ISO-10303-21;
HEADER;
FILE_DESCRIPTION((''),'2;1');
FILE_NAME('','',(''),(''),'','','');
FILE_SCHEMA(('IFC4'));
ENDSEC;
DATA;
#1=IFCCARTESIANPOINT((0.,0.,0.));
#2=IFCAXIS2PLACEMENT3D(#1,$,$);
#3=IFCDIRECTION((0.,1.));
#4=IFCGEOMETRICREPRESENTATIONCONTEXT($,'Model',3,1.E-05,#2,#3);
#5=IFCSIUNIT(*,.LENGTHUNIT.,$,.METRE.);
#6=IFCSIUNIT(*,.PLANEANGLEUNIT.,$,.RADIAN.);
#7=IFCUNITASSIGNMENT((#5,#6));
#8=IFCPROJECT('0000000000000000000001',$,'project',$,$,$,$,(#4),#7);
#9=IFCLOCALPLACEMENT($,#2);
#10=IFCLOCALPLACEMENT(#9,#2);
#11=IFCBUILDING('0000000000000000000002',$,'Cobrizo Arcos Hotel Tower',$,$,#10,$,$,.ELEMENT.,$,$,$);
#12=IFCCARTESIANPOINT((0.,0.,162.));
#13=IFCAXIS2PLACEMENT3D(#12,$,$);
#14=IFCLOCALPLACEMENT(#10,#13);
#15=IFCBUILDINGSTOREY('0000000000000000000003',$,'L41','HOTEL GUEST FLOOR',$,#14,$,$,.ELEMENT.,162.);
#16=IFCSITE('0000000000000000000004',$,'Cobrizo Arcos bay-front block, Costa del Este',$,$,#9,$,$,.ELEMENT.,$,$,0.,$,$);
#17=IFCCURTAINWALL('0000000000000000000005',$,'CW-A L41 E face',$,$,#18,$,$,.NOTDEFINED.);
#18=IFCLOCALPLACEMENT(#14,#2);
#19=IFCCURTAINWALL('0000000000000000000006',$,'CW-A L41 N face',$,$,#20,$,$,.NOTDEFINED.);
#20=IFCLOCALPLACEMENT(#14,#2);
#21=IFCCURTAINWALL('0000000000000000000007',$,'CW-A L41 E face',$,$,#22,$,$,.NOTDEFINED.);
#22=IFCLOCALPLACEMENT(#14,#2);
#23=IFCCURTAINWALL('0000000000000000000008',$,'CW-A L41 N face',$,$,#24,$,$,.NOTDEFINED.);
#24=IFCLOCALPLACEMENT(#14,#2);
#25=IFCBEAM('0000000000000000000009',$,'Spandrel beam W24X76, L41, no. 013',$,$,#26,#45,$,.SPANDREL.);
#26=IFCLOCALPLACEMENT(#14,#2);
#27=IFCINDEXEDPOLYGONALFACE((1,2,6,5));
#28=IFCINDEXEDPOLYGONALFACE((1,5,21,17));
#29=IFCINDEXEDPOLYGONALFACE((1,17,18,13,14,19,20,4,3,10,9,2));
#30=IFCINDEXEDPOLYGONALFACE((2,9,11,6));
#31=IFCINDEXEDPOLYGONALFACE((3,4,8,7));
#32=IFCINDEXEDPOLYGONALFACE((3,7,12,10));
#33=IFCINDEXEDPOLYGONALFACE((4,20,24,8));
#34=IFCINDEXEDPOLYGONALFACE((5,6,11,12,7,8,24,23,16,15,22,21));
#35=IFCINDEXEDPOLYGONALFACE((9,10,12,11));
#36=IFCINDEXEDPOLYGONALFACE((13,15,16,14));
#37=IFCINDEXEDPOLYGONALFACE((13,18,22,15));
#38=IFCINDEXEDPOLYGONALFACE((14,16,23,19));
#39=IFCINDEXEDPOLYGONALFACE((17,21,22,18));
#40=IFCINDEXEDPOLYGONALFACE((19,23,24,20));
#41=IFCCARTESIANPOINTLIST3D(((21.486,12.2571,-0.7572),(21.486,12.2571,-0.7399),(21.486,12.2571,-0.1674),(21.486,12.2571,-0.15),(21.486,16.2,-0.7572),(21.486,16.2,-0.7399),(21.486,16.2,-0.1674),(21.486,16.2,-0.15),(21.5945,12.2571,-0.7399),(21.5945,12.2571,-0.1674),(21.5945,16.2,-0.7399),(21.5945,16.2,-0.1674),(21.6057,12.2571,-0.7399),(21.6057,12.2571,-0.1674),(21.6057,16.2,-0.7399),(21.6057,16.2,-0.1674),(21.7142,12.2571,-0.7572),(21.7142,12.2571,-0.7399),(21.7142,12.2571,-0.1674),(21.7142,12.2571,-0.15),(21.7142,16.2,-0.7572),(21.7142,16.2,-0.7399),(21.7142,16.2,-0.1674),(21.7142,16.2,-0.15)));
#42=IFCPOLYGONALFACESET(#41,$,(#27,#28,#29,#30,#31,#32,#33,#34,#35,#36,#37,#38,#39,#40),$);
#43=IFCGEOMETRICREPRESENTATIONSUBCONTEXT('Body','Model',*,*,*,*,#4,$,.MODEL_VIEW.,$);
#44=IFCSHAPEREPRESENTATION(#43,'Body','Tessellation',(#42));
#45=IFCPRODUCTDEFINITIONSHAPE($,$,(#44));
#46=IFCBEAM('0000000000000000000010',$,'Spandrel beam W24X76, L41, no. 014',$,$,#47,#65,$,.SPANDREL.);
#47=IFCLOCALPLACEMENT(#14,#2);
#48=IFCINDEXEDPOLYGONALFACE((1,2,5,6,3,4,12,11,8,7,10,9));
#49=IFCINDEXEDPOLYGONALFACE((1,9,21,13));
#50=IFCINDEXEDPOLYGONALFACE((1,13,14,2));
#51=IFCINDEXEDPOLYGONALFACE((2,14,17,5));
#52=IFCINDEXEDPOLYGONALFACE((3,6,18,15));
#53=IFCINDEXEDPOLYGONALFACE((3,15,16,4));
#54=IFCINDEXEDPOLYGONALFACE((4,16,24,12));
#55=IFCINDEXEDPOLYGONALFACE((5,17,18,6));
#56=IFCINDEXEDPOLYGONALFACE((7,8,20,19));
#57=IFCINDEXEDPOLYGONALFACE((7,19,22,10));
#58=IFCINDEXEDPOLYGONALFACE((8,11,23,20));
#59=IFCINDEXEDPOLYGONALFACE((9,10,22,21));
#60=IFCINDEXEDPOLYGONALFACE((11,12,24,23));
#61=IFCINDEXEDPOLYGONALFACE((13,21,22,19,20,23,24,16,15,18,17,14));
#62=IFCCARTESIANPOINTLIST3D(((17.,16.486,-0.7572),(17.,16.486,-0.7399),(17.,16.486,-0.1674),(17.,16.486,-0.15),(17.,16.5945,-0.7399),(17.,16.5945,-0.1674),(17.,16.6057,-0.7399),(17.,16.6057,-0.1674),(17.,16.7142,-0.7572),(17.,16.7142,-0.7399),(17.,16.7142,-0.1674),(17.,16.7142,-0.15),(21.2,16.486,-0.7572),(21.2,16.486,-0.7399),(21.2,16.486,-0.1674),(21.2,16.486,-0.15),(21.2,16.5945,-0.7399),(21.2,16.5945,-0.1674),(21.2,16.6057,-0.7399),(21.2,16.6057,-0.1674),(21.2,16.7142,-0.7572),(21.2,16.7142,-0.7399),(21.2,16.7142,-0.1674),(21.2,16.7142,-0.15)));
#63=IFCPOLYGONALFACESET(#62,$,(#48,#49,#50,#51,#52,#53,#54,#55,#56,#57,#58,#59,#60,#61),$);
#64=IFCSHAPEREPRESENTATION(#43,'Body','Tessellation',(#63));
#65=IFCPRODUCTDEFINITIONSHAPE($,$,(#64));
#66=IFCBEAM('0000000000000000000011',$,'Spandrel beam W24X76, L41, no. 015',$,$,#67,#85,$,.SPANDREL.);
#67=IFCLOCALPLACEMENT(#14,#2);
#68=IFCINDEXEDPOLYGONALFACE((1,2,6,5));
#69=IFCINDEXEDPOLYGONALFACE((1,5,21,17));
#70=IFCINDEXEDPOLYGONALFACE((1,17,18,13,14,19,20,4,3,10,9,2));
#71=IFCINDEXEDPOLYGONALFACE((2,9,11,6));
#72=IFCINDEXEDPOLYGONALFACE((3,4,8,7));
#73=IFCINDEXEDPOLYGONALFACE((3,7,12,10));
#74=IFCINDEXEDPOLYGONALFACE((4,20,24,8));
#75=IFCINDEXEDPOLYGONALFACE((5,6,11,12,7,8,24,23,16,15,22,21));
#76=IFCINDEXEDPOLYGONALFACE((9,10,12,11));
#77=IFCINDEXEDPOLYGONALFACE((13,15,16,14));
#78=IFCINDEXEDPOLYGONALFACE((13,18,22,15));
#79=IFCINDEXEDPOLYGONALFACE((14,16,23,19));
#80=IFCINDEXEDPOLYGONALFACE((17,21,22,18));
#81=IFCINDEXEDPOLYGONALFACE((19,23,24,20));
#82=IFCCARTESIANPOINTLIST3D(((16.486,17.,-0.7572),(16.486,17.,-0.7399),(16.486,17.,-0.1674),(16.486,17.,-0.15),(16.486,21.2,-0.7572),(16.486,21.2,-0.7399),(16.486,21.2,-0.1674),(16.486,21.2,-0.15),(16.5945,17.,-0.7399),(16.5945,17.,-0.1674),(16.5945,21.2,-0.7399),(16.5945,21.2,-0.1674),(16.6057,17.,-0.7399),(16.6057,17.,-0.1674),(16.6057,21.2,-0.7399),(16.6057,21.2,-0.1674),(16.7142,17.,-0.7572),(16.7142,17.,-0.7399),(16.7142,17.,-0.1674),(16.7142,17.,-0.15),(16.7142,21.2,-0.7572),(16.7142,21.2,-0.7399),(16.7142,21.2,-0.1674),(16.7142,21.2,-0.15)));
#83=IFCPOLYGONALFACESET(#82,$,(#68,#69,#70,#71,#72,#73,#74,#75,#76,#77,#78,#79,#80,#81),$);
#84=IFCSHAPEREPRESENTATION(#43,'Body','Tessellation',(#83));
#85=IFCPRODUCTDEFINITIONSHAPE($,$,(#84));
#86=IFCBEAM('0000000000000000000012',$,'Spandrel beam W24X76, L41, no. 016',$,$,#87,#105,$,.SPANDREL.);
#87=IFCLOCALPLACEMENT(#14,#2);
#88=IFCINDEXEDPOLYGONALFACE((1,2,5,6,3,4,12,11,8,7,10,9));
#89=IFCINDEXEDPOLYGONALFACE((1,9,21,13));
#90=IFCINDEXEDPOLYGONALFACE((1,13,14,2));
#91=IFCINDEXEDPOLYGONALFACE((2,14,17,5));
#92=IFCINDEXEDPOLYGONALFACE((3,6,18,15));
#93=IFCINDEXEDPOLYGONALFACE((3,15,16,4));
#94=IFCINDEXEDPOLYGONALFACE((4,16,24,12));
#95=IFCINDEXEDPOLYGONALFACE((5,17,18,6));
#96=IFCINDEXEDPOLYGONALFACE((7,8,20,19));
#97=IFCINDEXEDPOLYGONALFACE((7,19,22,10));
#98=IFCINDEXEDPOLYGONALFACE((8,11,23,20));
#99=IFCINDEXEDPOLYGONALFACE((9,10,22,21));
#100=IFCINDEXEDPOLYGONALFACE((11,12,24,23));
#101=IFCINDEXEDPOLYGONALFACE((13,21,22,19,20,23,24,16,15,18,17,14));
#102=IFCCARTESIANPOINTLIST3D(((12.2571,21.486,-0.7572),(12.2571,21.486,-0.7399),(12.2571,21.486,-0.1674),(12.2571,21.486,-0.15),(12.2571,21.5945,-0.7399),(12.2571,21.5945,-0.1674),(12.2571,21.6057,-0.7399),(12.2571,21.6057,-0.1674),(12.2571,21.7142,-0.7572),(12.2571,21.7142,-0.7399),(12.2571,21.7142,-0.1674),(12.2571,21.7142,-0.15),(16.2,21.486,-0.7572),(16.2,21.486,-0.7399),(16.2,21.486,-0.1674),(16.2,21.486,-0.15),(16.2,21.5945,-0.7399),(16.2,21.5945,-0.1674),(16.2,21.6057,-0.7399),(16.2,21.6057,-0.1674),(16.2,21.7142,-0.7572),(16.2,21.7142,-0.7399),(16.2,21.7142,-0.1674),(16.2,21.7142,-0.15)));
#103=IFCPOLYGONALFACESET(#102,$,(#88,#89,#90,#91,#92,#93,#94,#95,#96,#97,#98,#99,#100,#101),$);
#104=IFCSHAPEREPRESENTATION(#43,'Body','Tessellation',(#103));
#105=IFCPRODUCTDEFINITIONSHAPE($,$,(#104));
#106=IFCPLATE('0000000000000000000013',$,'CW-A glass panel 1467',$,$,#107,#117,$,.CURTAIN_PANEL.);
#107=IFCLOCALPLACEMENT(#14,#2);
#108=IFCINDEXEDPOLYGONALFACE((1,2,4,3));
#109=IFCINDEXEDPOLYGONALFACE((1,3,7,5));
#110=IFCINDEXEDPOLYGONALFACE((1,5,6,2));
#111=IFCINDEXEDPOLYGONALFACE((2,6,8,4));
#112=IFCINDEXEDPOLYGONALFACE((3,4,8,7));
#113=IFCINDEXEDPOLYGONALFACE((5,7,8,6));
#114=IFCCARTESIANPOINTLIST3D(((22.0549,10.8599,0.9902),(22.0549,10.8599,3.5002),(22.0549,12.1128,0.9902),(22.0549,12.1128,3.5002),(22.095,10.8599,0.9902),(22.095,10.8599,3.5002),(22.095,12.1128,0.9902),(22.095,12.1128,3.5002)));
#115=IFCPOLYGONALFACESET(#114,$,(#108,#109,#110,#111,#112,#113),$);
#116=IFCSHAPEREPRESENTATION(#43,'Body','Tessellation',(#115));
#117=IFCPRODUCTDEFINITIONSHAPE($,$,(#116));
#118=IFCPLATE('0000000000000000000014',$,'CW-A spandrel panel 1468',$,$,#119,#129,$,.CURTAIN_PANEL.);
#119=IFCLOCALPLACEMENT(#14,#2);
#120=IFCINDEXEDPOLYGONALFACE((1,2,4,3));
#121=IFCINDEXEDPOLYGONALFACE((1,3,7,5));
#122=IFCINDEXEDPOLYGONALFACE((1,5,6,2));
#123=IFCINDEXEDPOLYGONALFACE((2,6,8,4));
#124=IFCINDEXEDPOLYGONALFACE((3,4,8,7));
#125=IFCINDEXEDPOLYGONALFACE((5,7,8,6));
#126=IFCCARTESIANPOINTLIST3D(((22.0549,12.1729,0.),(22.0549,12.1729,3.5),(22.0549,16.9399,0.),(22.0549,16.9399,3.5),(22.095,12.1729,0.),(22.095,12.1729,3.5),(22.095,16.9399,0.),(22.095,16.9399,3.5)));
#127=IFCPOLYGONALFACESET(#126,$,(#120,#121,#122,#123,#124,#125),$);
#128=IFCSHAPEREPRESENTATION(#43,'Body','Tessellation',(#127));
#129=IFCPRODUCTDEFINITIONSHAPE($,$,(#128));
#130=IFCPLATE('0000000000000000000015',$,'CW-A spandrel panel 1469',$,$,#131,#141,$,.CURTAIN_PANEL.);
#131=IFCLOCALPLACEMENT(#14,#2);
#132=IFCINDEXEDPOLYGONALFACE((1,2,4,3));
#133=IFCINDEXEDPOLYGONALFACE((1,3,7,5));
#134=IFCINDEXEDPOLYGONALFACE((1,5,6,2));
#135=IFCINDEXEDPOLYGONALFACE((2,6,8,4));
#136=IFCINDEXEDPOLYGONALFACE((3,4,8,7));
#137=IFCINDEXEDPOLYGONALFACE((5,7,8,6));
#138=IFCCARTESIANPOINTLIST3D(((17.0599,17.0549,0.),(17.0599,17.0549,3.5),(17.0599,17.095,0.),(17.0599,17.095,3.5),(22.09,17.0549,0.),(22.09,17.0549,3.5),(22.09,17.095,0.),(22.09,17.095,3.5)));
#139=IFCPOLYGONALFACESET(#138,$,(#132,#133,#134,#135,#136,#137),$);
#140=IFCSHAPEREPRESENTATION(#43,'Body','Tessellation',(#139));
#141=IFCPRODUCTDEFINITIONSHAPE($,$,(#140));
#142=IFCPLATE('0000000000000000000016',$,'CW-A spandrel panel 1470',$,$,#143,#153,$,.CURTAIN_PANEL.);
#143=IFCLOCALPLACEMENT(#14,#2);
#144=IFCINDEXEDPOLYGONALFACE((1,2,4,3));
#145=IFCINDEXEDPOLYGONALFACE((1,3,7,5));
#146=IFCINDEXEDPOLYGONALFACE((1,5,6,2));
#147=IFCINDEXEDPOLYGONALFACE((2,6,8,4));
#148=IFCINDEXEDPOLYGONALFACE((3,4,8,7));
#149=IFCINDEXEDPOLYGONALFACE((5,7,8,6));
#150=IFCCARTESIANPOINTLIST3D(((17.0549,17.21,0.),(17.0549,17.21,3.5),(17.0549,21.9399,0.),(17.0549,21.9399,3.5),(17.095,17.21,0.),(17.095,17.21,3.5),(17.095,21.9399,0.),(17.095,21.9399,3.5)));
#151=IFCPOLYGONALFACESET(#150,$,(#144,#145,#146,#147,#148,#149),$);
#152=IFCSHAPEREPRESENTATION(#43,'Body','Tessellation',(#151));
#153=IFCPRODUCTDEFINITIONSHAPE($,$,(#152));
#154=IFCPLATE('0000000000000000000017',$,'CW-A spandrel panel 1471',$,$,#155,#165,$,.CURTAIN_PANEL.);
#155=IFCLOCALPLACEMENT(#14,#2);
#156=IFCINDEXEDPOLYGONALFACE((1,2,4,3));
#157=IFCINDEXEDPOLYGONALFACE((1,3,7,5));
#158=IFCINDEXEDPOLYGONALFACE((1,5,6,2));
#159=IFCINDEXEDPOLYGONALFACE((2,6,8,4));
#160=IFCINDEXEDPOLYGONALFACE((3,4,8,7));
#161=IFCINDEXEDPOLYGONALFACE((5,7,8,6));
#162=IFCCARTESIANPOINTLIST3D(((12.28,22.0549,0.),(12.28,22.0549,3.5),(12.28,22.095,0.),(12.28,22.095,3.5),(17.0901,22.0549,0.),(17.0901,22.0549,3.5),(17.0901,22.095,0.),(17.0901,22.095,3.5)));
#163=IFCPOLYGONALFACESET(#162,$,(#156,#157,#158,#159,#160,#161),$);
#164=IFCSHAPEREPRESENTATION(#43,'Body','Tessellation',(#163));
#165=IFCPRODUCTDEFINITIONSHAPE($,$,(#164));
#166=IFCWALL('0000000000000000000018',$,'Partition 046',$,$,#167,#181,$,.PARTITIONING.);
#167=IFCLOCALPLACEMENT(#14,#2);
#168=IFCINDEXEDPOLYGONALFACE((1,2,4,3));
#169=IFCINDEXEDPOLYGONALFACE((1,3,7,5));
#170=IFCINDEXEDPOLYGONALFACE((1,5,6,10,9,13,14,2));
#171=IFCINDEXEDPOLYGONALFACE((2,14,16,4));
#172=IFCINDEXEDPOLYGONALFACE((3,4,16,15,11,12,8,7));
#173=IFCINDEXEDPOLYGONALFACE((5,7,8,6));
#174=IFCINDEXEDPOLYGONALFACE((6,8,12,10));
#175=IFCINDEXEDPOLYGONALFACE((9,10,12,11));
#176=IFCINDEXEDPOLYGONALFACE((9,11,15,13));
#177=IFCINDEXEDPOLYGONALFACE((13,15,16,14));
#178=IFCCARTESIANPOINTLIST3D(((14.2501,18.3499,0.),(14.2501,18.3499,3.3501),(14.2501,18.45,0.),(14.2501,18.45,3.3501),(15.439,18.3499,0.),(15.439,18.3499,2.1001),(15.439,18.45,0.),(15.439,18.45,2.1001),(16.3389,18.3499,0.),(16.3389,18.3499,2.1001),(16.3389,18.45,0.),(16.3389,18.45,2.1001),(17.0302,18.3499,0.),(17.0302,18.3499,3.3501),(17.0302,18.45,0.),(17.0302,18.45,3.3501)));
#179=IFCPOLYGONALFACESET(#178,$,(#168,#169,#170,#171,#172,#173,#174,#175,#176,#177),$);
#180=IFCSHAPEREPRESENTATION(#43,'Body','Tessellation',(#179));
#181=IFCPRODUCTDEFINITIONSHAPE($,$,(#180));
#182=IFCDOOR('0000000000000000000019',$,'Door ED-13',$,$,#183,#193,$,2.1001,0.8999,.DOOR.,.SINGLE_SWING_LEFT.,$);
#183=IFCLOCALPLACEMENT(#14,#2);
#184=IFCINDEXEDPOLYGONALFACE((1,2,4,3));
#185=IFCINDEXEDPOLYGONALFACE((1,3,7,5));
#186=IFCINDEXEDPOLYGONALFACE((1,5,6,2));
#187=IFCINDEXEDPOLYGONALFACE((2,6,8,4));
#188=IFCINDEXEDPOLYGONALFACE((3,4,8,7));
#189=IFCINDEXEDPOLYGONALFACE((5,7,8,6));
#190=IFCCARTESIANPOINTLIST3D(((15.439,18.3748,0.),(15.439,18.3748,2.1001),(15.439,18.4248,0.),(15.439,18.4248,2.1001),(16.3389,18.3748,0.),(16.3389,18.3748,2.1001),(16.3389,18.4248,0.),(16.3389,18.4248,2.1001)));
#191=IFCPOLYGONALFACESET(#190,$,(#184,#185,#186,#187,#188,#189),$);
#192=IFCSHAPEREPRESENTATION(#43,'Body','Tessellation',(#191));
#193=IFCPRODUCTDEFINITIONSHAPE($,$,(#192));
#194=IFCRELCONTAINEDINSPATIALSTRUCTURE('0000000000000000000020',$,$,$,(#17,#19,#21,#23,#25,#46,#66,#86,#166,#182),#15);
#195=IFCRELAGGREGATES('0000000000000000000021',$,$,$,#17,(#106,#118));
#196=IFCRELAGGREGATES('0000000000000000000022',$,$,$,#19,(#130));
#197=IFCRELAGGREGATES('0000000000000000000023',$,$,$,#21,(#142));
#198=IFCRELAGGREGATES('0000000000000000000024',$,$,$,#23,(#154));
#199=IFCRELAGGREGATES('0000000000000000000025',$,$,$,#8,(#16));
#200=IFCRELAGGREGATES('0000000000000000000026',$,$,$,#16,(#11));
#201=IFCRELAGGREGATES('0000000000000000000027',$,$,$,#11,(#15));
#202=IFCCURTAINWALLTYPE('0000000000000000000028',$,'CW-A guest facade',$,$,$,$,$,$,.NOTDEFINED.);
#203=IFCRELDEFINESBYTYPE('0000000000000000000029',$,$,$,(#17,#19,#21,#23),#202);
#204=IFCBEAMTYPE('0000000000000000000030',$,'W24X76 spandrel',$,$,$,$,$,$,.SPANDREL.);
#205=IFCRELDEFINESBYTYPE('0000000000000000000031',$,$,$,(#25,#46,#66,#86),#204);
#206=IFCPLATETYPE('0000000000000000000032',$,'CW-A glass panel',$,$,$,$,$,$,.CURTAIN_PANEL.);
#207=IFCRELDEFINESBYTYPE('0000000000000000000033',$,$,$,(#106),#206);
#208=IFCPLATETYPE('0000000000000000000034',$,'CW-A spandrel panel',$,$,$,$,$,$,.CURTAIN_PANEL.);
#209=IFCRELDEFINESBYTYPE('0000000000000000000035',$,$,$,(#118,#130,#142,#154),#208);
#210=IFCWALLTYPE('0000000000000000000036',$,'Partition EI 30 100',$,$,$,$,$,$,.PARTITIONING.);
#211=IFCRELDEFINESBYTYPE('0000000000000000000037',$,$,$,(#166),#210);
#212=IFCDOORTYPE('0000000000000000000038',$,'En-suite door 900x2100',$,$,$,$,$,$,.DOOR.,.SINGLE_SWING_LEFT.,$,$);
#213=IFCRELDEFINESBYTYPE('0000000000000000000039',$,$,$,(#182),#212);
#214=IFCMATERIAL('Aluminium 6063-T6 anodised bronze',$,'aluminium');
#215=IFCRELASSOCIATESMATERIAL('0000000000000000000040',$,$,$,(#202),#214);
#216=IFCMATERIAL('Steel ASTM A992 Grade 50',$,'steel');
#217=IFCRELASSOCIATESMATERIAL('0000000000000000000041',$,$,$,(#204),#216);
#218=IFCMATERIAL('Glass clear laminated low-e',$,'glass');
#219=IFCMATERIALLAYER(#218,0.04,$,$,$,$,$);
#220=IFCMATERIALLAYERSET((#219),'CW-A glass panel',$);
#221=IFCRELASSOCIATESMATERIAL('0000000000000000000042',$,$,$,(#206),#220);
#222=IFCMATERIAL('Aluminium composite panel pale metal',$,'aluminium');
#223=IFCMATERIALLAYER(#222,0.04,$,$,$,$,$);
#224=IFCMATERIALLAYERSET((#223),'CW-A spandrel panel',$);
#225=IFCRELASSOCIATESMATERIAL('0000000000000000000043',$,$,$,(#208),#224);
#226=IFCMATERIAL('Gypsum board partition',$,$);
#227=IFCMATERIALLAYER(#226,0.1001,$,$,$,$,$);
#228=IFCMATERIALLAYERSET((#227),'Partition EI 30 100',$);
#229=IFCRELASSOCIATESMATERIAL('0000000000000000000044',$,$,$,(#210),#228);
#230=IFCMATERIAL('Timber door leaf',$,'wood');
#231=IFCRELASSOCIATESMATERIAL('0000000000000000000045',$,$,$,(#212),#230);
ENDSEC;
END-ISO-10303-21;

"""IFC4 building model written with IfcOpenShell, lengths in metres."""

from ifc_helpers import new_model, si_unit, direction, frame, frame_2d, origin, origin_2d, place, context, subcontext, project, spatial, rectangle, i_section, extrude, material, layer, layer_set, material_profile, profile_set, type_object, element, fill, aggregate, save


model = new_model("IFC4")

# Units and contexts
model_context = context("Model", 3, precision=1e-05, world=origin(), true_north=direction((0.0, 1.0)))
body_context = subcontext(model_context, "Body", "Model", "MODEL_VIEW")
ifc_project = project(units=[si_unit("LENGTHUNIT", "METRE"), si_unit("PLANEANGLEUNIT", "RADIAN")], contexts=[model_context])

# Site, building, storey
site_placement = place(None, origin())
site = spatial("IfcSite", under=ifc_project, at=site_placement, Name="Cobrizo Arcos bay-front block, Costa del Este", CompositionType="ELEMENT", RefElevation=0.0)
building_placement = place(site_placement, origin())
building = spatial("IfcBuilding", under=site, at=building_placement, Name="Cobrizo Arcos Hotel Tower", CompositionType="ELEMENT")
storey_placement = place(building_placement, frame((0.0, 0.0, 162.0)))
storey = spatial("IfcBuildingStorey", under=building, at=storey_placement, Name="L41", Description="HOTEL GUEST FLOOR", CompositionType="ELEMENT", Elevation=162.0)

# Curtain walls
ifc_material_1 = material(Name="Aluminium 6063-T6 anodised bronze", Category="aluminium")
curtain_wall_type = type_object("IfcCurtainWallType", Name="CW-A guest facade", PredefinedType="NOTDEFINED", material=ifc_material_1)
curtain_wall_1_placement = place(storey_placement, origin())
curtain_wall_1 = element("IfcCurtainWall", 1, at=curtain_wall_1_placement, inside=storey, type_object=curtain_wall_type, Name="CW-A L41 E face", PredefinedType="NOTDEFINED")
curtain_wall_2_placement = place(storey_placement, origin())
curtain_wall_2 = element("IfcCurtainWall", 2, at=curtain_wall_2_placement, inside=storey, type_object=curtain_wall_type, Name="CW-A L41 N face", PredefinedType="NOTDEFINED")
curtain_wall_3_placement = place(storey_placement, origin())
curtain_wall_3 = element("IfcCurtainWall", 3, at=curtain_wall_3_placement, inside=storey, type_object=curtain_wall_type, Name="CW-A L41 E face", PredefinedType="NOTDEFINED")

# Curtain wall
curtain_wall_4_placement = place(storey_placement, origin())
curtain_wall_4 = element("IfcCurtainWall", 4, at=curtain_wall_4_placement, inside=storey, type_object=curtain_wall_type, Name="CW-A L41 N face", PredefinedType="NOTDEFINED")

# Beams
ifc_material_2 = material(Name="Steel ASTM A992 Grade 50", Category="steel")
ifc_material_profile_1 = material_profile(ifc_material_2, i_section(OverallWidth=0.2283, OverallDepth=0.6072, WebThickness=0.0112, FlangeThickness=0.0173, at=origin_2d()), Name="W24X76")
ifc_profile_set_1 = profile_set([ifc_material_profile_1], Name="Steel ASTM A992 Grade 50")
beam_type_1 = type_object("IfcBeamType", Name="W24X76 spandrel", PredefinedType="SPANDREL", material=ifc_profile_set_1)
beam_1_placement = place(storey_placement, frame((21.6001, 12.2571, -0.4536), z_axis=(0.0, 1.0, 0.0), x_axis=(-1.0, 0.0, 0.0)))
element("IfcBeam", 5, at=beam_1_placement, inside=storey, type_object=beam_type_1, Name="Spandrel beam W24X76, L41, no. 013", PredefinedType="SPANDREL", context=body_context, shape_type="SweptSolid", body=[
    extrude(i_section(OverallWidth=0.2283, OverallDepth=0.6072, WebThickness=0.0112, FlangeThickness=0.0173, at=origin_2d()), origin(), (0.0, 0.0, 1.0), 3.9429),
])
for number, where, z_axis, x_axis, name in (
    (6, (21.2, 16.6001, -0.4536), (-1.0, 0.0, 0.0), (0.0, -1.0, 0.0), "Spandrel beam W24X76, L41, no. 014"),
    (7, (16.6001, 17.0, -0.4536), (0.0, 1.0, 0.0), (-1.0, 0.0, 0.0), "Spandrel beam W24X76, L41, no. 015"),
):
    element("IfcBeam", number, at=place(storey_placement, frame(where, z_axis=z_axis, x_axis=x_axis)), inside=storey, type_object=beam_type_1, Name=name, PredefinedType="SPANDREL", context=body_context, shape_type="SweptSolid", body=[
        extrude(i_section(OverallWidth=0.2283, OverallDepth=0.6072, WebThickness=0.0112, FlangeThickness=0.0173, at=origin_2d()), origin(), (0.0, 0.0, 1.0), 4.2),
    ])
beam_2_placement = place(storey_placement, frame((16.2, 21.6001, -0.4536), z_axis=(-1.0, 0.0, 0.0), x_axis=(0.0, -1.0, 0.0)))
element("IfcBeam", 8, at=beam_2_placement, inside=storey, type_object=beam_type_1, Name="Spandrel beam W24X76, L41, no. 016", PredefinedType="SPANDREL", context=body_context, shape_type="SweptSolid", body=[
    extrude(i_section(OverallWidth=0.2283, OverallDepth=0.6072, WebThickness=0.0112, FlangeThickness=0.0173, at=origin_2d()), origin(), (0.0, 0.0, 1.0), 3.9429),
])

# Plates
ifc_material_3 = material(Name="Glass clear laminated low-e", Category="glass")
ifc_layer_1 = layer(ifc_material_3, 0.04)
ifc_layer_set_1 = layer_set([ifc_layer_1], Name="CW-A glass panel")
plate_type_1 = type_object("IfcPlateType", Name="CW-A glass panel", PredefinedType="CURTAIN_PANEL", material=ifc_layer_set_1)
plate_1_placement = place(storey_placement, frame((22.075, 11.4863, 0.9902), z_axis=(0.0, 0.0, 1.0), x_axis=(0.0, 1.0, 0.0)))
plate_1 = element("IfcPlate", 9, at=plate_1_placement, type_object=plate_type_1, Name="CW-A glass panel 1467", PredefinedType="CURTAIN_PANEL", context=body_context, shape_type="SweptSolid", body=[
    extrude(rectangle(XDim=1.2529, YDim=0.04, at=origin_2d()), origin(), (0.0, 0.0, 1.0), 2.51),
])
ifc_material_4 = material(Name="Aluminium composite panel pale metal", Category="aluminium")
ifc_layer_2 = layer(ifc_material_4, 0.04)
ifc_layer_set_2 = layer_set([ifc_layer_2], Name="CW-A spandrel panel")
plate_type_2 = type_object("IfcPlateType", Name="CW-A spandrel panel", PredefinedType="CURTAIN_PANEL", material=ifc_layer_set_2)
plate_2_placement = place(storey_placement, frame((22.075, 14.5564, 0.0), z_axis=(0.0, 0.0, 1.0), x_axis=(0.0, 1.0, 0.0)))
plate_2 = element("IfcPlate", 10, at=plate_2_placement, type_object=plate_type_2, Name="CW-A spandrel panel 1468", PredefinedType="CURTAIN_PANEL", context=body_context, shape_type="SweptSolid", body=[
    extrude(rectangle(XDim=4.7671, YDim=0.04, at=origin_2d()), origin(), (0.0, 0.0, 1.0), 3.5),
])
aggregate(curtain_wall_1, [plate_1, plate_2])
plate_3_placement = place(storey_placement, frame((19.575, 17.075, 0.0), z_axis=(0.0, 0.0, 1.0), x_axis=(-1.0, 0.0, 0.0)))
plate_3 = element("IfcPlate", 11, at=plate_3_placement, type_object=plate_type_2, Name="CW-A spandrel panel 1469", PredefinedType="CURTAIN_PANEL", context=body_context, shape_type="SweptSolid", body=[
    extrude(rectangle(XDim=5.03, YDim=0.04, at=origin_2d()), origin(), (0.0, 0.0, 1.0), 3.5),
])
aggregate(curtain_wall_2, [plate_3])
plate_4_placement = place(storey_placement, frame((17.075, 19.575, 0.0), z_axis=(0.0, 0.0, 1.0), x_axis=(0.0, 1.0, 0.0)))
plate_4 = element("IfcPlate", 12, at=plate_4_placement, type_object=plate_type_2, Name="CW-A spandrel panel 1470", PredefinedType="CURTAIN_PANEL", context=body_context, shape_type="SweptSolid", body=[
    extrude(rectangle(XDim=4.73, YDim=0.04, at=origin_2d()), origin(), (0.0, 0.0, 1.0), 3.5),
])
aggregate(curtain_wall_3, [plate_4])
plate_5_placement = place(storey_placement, frame((14.6851, 22.075, 0.0), z_axis=(0.0, 0.0, 1.0), x_axis=(-1.0, 0.0, 0.0)))
plate_5 = element("IfcPlate", 13, at=plate_5_placement, type_object=plate_type_2, Name="CW-A spandrel panel 1471", PredefinedType="CURTAIN_PANEL", context=body_context, shape_type="SweptSolid", body=[
    extrude(rectangle(XDim=4.8101, YDim=0.04, at=origin_2d()), origin(), (0.0, 0.0, 1.0), 3.5),
])
aggregate(curtain_wall_4, [plate_5])

# Wall, opening, door
ifc_material_5 = material(Name="Gypsum board partition")
ifc_layer_3 = layer(ifc_material_5, 0.1001)
ifc_layer_set_3 = layer_set([ifc_layer_3], Name="Partition EI 30 100")
wall_type = type_object("IfcWallType", Name="Partition EI 30 100", PredefinedType="PARTITIONING", material=ifc_layer_set_3)
wall_1_placement = place(storey_placement, frame((14.25, 18.3999, 0.0), z_axis=(0.0, 0.0, 1.0), x_axis=(1.0, 0.0, 0.0)))
wall_1 = element("IfcWall", 14, at=wall_1_placement, inside=storey, type_object=wall_type, Name="Partition 046", PredefinedType="PARTITIONING", context=body_context, shape_type="SweptSolid", body=[
    extrude(rectangle(XDim=2.78, YDim=0.1001, at=frame_2d((1.3901, 0.0))), origin(), (0.0, 0.0, 1.0), 3.3501),
])
opening_placement = place(wall_1_placement, frame((1.189, 0.0, 0.0)))
opening = element("IfcOpeningElement", 15, at=opening_placement, cuts=wall_1, PredefinedType="OPENING", context=body_context, shape_type="SweptSolid", body=[
    extrude(rectangle(XDim=0.8999, YDim=2.1001, at=frame_2d((0.45, 1.05))), frame((0.0, 0.062, 0.0), z_axis=(0.0, -1.0, 0.0), x_axis=(1.0, 0.0, 0.0)), (0.0, 0.0, 1.0), 0.124),
])
ifc_material_6 = material(Name="Timber door leaf", Category="wood")
door_type = type_object("IfcDoorType", Name="En-suite door 900x2100", OperationType="SINGLE_SWING_LEFT", PredefinedType="DOOR", material=ifc_material_6)
door_placement = place(opening_placement, origin())
door = element("IfcDoor", 16, at=door_placement, inside=storey, type_object=door_type, Name="Door ED-13", OperationType="SINGLE_SWING_LEFT", OverallHeight=2.1001, OverallWidth=0.8999, PredefinedType="DOOR", context=body_context, shape_type="SweptSolid", body=[
    extrude(rectangle(XDim=0.8999, YDim=2.1001, at=frame_2d((0.45, 1.05))), frame((0.0, 0.0249, 0.0), z_axis=(0.0, -1.0, 0.0), x_axis=(1.0, 0.0, 0.0)), (0.0, 0.0, 1.0), 0.05),
])
fill(opening, door)

save(model, "model.ifc")
